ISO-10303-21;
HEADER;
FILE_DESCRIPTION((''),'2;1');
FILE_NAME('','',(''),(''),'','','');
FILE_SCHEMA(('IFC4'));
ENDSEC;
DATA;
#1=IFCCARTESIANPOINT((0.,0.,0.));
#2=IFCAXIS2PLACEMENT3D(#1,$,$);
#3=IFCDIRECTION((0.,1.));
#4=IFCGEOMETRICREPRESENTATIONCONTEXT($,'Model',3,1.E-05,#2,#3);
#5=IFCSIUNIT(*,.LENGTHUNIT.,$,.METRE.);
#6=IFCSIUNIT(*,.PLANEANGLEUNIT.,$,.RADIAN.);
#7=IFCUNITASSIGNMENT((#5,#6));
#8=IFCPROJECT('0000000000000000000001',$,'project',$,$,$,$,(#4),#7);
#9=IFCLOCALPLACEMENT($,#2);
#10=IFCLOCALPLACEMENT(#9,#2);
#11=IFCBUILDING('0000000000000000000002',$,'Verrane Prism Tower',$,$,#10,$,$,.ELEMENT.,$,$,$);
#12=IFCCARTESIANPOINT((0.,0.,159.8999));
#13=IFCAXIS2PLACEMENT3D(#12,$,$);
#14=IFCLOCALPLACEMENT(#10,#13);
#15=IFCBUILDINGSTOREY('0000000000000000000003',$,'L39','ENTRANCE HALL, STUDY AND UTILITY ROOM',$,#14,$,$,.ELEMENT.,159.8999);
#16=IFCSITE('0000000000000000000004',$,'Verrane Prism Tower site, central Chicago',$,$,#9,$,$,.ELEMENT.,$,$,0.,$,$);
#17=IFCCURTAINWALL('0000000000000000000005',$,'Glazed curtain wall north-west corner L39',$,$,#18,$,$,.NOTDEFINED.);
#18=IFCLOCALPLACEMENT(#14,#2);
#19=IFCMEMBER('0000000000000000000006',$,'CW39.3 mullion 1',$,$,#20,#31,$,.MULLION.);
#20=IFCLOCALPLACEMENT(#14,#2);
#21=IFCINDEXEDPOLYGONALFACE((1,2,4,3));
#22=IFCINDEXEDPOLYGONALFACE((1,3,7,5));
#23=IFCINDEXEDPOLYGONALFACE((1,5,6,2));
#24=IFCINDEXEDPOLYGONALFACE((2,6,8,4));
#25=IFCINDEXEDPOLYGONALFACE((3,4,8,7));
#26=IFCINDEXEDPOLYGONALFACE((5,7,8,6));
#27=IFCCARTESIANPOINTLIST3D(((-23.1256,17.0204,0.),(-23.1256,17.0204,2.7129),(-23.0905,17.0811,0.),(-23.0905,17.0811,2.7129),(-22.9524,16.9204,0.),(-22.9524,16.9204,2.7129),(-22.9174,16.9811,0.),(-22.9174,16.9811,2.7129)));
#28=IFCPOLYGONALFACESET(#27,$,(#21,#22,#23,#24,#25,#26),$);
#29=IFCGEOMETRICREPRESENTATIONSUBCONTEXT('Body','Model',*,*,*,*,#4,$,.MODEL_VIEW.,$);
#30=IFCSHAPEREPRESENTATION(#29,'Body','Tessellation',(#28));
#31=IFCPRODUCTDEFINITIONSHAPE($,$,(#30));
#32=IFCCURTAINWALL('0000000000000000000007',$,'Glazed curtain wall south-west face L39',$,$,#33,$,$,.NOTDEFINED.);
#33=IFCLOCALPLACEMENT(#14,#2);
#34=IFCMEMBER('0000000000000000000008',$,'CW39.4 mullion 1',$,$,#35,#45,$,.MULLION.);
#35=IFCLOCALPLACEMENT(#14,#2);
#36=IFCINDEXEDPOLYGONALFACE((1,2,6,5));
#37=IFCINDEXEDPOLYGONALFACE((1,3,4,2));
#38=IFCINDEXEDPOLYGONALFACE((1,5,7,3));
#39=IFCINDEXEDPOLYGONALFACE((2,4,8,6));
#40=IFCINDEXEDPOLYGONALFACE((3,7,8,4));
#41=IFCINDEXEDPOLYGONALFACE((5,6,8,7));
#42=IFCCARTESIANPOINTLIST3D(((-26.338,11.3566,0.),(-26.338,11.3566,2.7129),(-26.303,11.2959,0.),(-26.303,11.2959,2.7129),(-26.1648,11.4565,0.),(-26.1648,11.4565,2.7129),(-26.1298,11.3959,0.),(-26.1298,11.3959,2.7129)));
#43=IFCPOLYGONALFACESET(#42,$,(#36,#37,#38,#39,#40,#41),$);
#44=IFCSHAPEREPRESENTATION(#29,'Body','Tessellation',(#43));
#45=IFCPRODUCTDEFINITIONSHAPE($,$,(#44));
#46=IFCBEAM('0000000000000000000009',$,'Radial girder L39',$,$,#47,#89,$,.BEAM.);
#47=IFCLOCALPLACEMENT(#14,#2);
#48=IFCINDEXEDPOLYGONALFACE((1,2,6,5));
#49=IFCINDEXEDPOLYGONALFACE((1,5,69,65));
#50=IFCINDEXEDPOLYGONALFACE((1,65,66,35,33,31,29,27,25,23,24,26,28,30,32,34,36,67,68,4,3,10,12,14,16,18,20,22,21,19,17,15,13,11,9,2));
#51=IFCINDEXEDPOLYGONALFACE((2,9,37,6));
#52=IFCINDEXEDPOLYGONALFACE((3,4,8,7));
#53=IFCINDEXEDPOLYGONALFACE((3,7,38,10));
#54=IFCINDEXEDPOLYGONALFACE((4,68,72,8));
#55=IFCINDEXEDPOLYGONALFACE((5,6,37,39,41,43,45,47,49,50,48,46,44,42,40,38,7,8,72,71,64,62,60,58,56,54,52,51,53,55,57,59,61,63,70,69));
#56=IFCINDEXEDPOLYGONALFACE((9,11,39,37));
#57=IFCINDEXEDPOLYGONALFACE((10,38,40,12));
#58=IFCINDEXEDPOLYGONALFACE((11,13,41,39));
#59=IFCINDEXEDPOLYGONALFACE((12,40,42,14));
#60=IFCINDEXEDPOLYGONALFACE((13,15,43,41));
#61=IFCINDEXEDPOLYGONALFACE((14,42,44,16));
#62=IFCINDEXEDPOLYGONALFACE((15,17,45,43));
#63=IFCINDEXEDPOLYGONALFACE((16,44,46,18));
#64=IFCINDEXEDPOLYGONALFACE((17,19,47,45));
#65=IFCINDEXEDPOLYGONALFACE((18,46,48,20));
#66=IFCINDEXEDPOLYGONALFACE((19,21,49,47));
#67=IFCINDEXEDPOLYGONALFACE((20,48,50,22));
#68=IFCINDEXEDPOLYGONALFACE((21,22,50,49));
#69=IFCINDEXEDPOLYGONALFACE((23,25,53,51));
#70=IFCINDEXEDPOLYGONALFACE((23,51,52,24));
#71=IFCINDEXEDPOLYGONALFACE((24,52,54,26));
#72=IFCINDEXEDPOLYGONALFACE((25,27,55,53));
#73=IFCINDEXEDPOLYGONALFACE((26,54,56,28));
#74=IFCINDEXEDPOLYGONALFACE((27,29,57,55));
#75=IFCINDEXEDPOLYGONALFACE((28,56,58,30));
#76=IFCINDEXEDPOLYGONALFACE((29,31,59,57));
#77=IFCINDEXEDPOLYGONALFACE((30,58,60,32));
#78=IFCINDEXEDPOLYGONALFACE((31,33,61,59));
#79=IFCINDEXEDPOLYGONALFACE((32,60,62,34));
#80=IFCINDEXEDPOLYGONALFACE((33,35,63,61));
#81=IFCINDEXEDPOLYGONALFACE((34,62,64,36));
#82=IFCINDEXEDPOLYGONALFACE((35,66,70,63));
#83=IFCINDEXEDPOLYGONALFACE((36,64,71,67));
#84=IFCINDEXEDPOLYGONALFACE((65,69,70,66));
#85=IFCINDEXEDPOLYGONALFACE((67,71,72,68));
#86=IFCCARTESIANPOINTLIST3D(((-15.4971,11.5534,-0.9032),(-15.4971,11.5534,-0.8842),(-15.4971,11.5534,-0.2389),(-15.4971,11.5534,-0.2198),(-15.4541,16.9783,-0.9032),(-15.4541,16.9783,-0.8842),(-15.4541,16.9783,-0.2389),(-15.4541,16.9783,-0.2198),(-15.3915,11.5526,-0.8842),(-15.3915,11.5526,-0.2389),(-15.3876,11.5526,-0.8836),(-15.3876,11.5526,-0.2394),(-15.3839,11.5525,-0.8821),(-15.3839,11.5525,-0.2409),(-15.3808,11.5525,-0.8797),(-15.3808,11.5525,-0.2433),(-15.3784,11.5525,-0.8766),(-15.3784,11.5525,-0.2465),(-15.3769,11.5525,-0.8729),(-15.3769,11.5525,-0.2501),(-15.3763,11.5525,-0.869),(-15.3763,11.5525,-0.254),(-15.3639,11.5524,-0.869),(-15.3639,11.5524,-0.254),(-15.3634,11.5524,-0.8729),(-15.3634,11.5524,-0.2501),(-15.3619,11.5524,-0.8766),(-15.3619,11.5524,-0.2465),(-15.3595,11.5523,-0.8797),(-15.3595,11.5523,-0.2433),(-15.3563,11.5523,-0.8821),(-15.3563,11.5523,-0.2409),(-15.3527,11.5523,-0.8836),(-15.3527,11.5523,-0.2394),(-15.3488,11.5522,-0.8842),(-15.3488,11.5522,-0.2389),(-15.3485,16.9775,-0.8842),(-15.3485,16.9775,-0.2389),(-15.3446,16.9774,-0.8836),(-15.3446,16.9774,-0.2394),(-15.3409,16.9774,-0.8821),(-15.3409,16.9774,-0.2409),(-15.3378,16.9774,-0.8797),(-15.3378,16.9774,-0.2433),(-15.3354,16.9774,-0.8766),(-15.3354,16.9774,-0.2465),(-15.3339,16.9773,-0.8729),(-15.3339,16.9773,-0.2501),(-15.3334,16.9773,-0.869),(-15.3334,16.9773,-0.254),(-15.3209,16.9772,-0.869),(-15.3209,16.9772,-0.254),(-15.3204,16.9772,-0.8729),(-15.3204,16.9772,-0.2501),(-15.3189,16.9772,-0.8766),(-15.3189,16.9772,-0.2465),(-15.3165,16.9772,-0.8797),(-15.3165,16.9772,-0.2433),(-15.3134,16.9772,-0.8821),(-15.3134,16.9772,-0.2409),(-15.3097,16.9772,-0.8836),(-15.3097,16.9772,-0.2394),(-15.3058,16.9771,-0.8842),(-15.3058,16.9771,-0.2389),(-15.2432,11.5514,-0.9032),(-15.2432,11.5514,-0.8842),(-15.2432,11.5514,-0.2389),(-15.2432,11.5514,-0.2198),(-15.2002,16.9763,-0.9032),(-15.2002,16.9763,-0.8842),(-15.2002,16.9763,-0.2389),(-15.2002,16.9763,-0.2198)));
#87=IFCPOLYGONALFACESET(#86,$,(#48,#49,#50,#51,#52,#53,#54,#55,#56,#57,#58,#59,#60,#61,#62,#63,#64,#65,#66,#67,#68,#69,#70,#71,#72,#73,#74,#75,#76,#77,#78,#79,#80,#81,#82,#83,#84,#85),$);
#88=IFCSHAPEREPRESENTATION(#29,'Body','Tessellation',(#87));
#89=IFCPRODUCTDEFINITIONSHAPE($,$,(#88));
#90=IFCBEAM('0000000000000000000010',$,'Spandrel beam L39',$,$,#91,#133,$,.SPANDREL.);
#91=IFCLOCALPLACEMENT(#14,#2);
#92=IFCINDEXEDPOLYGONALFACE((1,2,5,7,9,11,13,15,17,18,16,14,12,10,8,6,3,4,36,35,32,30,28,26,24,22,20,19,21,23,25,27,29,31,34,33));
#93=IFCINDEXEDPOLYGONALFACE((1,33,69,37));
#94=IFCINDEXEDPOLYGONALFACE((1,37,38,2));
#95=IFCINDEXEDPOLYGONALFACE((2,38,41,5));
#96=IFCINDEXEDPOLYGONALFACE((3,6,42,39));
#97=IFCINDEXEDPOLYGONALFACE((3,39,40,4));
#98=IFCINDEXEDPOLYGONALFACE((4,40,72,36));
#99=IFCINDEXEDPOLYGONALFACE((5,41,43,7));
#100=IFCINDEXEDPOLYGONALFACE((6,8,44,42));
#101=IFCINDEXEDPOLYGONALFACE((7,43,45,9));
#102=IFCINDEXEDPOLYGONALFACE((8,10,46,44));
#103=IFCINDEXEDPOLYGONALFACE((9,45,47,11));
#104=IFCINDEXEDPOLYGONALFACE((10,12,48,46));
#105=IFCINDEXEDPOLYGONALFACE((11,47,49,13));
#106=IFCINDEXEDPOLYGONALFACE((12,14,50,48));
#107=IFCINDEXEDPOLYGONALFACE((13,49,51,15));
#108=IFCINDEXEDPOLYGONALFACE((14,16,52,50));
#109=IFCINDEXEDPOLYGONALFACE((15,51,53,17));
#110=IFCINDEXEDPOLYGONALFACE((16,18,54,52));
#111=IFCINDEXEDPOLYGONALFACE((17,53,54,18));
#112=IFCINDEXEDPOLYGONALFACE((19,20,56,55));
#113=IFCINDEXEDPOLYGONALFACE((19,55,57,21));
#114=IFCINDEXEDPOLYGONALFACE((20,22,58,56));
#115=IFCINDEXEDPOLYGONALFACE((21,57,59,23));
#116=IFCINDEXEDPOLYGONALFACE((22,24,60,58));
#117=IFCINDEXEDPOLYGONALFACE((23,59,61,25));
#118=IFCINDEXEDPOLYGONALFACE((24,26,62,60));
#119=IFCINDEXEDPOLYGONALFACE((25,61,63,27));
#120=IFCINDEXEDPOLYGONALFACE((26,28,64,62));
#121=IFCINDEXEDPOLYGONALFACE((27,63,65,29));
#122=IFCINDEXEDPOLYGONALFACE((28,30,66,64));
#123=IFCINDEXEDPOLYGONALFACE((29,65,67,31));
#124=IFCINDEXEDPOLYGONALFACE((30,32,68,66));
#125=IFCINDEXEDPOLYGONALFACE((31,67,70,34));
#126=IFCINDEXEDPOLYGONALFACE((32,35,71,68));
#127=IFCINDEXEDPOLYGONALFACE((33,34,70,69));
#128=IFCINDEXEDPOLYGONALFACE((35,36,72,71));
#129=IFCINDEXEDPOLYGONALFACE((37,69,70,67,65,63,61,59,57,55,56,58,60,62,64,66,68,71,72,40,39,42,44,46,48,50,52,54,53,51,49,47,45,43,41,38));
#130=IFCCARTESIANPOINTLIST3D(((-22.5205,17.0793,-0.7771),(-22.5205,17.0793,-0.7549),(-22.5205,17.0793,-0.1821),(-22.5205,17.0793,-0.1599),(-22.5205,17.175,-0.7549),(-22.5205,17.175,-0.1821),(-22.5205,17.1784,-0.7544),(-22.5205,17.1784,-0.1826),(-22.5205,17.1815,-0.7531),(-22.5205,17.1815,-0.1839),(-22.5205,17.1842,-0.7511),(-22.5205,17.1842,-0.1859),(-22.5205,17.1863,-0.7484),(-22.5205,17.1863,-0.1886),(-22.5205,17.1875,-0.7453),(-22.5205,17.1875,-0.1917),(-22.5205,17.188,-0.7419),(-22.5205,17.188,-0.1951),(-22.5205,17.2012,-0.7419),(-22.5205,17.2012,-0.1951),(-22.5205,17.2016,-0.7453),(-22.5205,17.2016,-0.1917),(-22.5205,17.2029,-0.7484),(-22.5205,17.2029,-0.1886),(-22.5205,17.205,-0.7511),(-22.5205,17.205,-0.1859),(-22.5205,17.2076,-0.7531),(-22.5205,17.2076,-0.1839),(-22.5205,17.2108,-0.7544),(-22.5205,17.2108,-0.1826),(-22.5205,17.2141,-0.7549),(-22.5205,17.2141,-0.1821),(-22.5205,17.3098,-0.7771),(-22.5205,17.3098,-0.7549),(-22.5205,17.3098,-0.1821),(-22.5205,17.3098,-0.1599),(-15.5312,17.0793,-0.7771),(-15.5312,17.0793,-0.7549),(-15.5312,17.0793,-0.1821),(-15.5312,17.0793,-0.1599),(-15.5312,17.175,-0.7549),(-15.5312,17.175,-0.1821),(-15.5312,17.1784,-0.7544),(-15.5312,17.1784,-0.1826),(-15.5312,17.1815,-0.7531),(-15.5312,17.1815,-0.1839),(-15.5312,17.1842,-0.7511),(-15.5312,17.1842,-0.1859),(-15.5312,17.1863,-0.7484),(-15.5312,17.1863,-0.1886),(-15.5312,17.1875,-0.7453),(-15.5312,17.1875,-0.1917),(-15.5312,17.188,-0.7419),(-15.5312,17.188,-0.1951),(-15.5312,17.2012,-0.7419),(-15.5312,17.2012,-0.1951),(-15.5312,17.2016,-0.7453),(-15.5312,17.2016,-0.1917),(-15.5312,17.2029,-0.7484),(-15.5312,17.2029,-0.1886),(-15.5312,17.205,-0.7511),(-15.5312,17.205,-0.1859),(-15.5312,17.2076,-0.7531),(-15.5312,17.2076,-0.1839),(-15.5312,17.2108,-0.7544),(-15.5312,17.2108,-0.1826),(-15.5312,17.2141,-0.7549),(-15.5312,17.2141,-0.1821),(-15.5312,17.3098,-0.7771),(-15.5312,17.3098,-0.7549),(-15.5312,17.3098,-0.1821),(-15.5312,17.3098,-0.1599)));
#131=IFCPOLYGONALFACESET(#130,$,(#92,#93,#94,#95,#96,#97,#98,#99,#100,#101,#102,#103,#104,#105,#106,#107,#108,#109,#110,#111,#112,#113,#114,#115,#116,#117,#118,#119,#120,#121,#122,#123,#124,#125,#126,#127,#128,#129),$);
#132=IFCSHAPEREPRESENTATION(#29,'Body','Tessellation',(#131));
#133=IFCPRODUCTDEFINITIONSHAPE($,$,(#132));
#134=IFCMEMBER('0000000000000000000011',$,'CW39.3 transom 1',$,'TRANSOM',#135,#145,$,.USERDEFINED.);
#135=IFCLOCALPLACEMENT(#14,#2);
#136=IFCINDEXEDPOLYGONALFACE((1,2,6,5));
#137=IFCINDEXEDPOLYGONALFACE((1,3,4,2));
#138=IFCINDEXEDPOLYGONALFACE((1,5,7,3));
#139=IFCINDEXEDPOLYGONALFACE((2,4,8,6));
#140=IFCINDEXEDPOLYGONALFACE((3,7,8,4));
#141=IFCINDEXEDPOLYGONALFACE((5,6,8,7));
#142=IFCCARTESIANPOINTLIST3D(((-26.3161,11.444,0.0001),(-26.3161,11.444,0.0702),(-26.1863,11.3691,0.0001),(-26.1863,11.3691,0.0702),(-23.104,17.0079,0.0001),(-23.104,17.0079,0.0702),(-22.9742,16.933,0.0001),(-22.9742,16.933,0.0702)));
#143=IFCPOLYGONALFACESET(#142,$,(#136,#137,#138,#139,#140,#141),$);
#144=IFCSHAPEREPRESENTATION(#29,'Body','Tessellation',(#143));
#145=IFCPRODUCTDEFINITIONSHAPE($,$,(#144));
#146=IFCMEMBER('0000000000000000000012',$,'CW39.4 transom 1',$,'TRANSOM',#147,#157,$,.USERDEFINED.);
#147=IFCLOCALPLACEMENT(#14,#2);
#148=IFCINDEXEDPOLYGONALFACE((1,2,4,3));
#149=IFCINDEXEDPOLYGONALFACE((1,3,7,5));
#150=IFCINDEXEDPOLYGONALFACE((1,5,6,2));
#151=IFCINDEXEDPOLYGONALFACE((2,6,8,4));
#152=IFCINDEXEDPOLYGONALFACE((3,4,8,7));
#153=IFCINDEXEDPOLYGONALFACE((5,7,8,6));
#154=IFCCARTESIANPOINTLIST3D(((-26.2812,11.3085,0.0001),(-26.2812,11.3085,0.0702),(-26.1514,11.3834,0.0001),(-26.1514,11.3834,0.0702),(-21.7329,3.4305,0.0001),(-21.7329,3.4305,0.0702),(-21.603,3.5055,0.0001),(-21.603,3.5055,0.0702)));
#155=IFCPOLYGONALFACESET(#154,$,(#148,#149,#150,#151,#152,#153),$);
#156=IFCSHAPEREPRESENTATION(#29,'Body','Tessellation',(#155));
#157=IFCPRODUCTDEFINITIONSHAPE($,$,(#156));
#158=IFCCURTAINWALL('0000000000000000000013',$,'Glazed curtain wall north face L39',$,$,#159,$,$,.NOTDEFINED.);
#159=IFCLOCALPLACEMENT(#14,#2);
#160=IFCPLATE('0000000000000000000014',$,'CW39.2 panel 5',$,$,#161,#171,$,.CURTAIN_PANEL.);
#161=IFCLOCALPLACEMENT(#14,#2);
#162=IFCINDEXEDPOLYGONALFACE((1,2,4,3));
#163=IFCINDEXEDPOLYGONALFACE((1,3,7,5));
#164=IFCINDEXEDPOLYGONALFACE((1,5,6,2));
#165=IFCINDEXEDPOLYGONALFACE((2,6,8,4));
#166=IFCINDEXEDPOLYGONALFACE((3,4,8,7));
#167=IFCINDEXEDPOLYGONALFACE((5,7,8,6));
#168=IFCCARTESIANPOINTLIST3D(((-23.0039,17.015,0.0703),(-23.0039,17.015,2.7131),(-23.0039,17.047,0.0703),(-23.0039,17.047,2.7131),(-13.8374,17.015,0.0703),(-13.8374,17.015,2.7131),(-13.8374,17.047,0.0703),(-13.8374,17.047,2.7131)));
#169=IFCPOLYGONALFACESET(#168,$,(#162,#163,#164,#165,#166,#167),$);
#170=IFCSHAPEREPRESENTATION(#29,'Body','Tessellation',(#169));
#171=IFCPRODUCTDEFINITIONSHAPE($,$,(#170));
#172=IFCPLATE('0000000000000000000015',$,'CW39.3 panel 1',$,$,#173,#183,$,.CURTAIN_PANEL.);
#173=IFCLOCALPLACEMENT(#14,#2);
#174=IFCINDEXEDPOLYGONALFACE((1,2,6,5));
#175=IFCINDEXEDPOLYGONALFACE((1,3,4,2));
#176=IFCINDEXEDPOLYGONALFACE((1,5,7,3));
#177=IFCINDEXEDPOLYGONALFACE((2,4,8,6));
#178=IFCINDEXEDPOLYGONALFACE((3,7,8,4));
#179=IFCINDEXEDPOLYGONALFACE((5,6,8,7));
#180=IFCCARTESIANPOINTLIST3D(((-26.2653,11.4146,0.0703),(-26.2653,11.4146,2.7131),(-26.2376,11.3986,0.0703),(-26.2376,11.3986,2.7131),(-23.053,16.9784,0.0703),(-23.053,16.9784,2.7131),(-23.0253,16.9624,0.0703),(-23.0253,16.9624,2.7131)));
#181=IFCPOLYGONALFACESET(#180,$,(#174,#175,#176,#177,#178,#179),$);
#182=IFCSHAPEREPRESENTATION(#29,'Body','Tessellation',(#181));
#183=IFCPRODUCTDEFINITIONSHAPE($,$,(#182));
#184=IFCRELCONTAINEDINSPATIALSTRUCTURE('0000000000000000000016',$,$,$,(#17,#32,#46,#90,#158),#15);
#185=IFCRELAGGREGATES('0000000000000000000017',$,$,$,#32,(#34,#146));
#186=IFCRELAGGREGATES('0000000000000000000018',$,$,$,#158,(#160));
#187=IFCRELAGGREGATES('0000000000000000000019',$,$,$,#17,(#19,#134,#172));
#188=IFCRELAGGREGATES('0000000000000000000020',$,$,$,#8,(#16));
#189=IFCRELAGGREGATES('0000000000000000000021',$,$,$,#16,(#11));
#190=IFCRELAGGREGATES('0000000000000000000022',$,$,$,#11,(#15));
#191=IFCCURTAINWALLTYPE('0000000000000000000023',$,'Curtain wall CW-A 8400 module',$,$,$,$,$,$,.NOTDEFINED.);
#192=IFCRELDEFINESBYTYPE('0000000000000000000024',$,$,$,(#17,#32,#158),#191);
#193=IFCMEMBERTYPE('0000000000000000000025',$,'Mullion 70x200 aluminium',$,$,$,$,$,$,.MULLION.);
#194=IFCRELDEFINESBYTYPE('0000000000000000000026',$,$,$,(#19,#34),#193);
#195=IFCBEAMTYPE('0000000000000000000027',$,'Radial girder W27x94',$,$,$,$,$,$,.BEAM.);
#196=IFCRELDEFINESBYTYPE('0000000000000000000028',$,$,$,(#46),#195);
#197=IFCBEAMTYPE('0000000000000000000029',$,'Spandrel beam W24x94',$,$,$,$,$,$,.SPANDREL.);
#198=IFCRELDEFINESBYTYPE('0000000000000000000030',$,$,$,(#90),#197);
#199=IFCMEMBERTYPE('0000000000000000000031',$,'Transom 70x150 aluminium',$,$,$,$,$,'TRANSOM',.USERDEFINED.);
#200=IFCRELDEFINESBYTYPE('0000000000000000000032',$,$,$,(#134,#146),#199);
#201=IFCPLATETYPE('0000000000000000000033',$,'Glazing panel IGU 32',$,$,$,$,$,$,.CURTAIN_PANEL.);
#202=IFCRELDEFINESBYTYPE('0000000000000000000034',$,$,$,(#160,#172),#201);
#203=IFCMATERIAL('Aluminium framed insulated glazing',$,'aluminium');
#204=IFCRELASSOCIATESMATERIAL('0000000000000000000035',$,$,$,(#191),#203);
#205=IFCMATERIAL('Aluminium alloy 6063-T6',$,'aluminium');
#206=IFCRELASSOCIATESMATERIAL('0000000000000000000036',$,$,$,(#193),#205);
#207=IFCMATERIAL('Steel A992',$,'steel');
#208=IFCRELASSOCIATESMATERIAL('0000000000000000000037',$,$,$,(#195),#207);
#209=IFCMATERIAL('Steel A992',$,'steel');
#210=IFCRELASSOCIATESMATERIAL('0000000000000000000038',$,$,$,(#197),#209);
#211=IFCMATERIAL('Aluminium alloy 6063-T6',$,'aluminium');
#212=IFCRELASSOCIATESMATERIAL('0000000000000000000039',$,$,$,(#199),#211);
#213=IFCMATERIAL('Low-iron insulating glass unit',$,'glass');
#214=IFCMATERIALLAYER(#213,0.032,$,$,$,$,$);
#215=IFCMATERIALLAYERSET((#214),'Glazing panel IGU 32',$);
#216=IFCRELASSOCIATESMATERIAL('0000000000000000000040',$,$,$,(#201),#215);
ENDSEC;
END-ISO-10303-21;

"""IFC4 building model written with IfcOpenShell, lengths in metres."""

from ifc_helpers import new_model, si_unit, direction, frame, origin, origin_2d, place, context, subcontext, project, spatial, rectangle, i_section, extrude, material, layer, layer_set, material_profile, profile_set, type_object, element, aggregate, save


model = new_model("IFC4")

# Units and contexts
model_context = context("Model", 3, precision=1e-05, world=origin(), true_north=direction((0.0, 1.0)))
body_context = subcontext(model_context, "Body", "Model", "MODEL_VIEW")
ifc_project = project(units=[si_unit("LENGTHUNIT", "METRE"), si_unit("PLANEANGLEUNIT", "RADIAN")], contexts=[model_context])

# Site, building, storey
site_placement = place(None, origin())
site = spatial("IfcSite", under=ifc_project, at=site_placement, Name="Verrane Prism Tower site, central Chicago", CompositionType="ELEMENT", RefElevation=0.0)
building_placement = place(site_placement, origin())
building = spatial("IfcBuilding", under=site, at=building_placement, Name="Verrane Prism Tower", CompositionType="ELEMENT")
storey_placement = place(building_placement, frame((0.0, 0.0, 159.8999)))
storey = spatial("IfcBuildingStorey", under=building, at=storey_placement, Name="L39", Description="ENTRANCE HALL, STUDY AND UTILITY ROOM", CompositionType="ELEMENT", Elevation=159.8999)

# Curtain walls, members
ifc_material_1 = material(Name="Aluminium framed insulated glazing", Category="aluminium")
curtain_wall_type = type_object("IfcCurtainWallType", Name="Curtain wall CW-A 8400 module", PredefinedType="NOTDEFINED", material=ifc_material_1)
curtain_wall_1_placement = place(storey_placement, origin())
curtain_wall_1 = element("IfcCurtainWall", 1, at=curtain_wall_1_placement, inside=storey, type_object=curtain_wall_type, Name="Glazed curtain wall north-west corner L39", PredefinedType="NOTDEFINED")
ifc_material_2 = material(Name="Aluminium alloy 6063-T6", Category="aluminium")
ifc_material_profile_1 = material_profile(ifc_material_2, rectangle(XDim=0.2, YDim=0.0701, at=origin_2d()), Name="Mullion 70x200 aluminium")
ifc_profile_set_1 = profile_set([ifc_material_profile_1], Name="Aluminium alloy 6063-T6")
member_type_1 = type_object("IfcMemberType", Name="Mullion 70x200 aluminium", PredefinedType="MULLION", material=ifc_profile_set_1)
member_1_placement = place(storey_placement, frame((-23.0215, 17.0007, 0.0), z_axis=(0.0, 0.0, 1.0), x_axis=(0.866022, -0.500006, 0.0)))
member_1 = element("IfcMember", 2, at=member_1_placement, type_object=member_type_1, Name="CW39.3 mullion 1", PredefinedType="MULLION", context=body_context, shape_type="SweptSolid", body=[
    extrude(rectangle(XDim=0.2, YDim=0.0701, at=origin_2d()), origin(), (0.0, 0.0, 1.0), 2.7129),
])
curtain_wall_2_placement = place(storey_placement, origin())
curtain_wall_2 = element("IfcCurtainWall", 3, at=curtain_wall_2_placement, inside=storey, type_object=curtain_wall_type, Name="Glazed curtain wall south-west face L39", PredefinedType="NOTDEFINED")
member_2_placement = place(storey_placement, frame((-26.2339, 11.3762, 0.0), z_axis=(0.0, 0.0, 1.0), x_axis=(0.866026, 0.499999, 0.0)))
member_2 = element("IfcMember", 4, at=member_2_placement, type_object=member_type_1, Name="CW39.4 mullion 1", PredefinedType="MULLION", context=body_context, shape_type="SweptSolid", body=[
    extrude(rectangle(XDim=0.2, YDim=0.0701, at=origin_2d()), origin(), (0.0, 0.0, 1.0), 2.7129),
])

# Beams
ifc_material_3 = material(Name="Steel A992", Category="steel")
ifc_material_profile_2 = material_profile(ifc_material_3, i_section(OverallWidth=0.2539, OverallDepth=0.6833, WebThickness=0.0125, FlangeThickness=0.019, FilletRadius=0.0151, at=origin_2d()), Name="W27x94")
ifc_profile_set_2 = profile_set([ifc_material_profile_2], Name="Steel A992")
beam_type_1 = type_object("IfcBeamType", Name="Radial girder W27x94", PredefinedType="BEAM", material=ifc_profile_set_2)
beam_1_placement = place(storey_placement, frame((-15.3271, 16.9773, -0.5615), z_axis=(-0.007921, -0.999969, 0.0), x_axis=(0.999969, -0.007921, 0.0)))
element("IfcBeam", 5, at=beam_1_placement, inside=storey, type_object=beam_type_1, Name="Radial girder L39", PredefinedType="BEAM", context=body_context, shape_type="SweptSolid", body=[
    extrude(i_section(OverallWidth=0.2539, OverallDepth=0.6833, WebThickness=0.0125, FlangeThickness=0.019, FilletRadius=0.0151, at=origin_2d()), origin(), (0.0, 0.0, 1.0), 5.425),
])
ifc_material_4 = material(Name="Steel A992", Category="steel")
ifc_material_profile_3 = material_profile(ifc_material_4, i_section(OverallWidth=0.2305, OverallDepth=0.6172, WebThickness=0.0132, FlangeThickness=0.0222, FilletRadius=0.0129, at=origin_2d()), Name="W24x94")
ifc_profile_set_3 = profile_set([ifc_material_profile_3], Name="Steel A992")
beam_type_2 = type_object("IfcBeamType", Name="Spandrel beam W24x94", PredefinedType="SPANDREL", material=ifc_profile_set_3)
beam_2_placement = place(storey_placement, frame((-15.5312, 17.1946, -0.4685), z_axis=(-1.0, 0.0, 0.0), x_axis=(0.0, -1.0, 0.0)))
element("IfcBeam", 6, at=beam_2_placement, inside=storey, type_object=beam_type_2, Name="Spandrel beam L39", PredefinedType="SPANDREL", context=body_context, shape_type="SweptSolid", body=[
    extrude(i_section(OverallWidth=0.2305, OverallDepth=0.6172, WebThickness=0.0132, FlangeThickness=0.0222, FilletRadius=0.0129, at=origin_2d()), origin(), (0.0, 0.0, 1.0), 6.9893),
])

# Members
ifc_material_5 = material(Name="Aluminium alloy 6063-T6", Category="aluminium")
ifc_material_profile_4 = material_profile(ifc_material_5, rectangle(XDim=0.1499, YDim=0.0701, at=origin_2d()), Name="Transom 70x150 aluminium")
ifc_profile_set_4 = profile_set([ifc_material_profile_4], Name="Aluminium alloy 6063-T6")
member_type_2 = type_object("IfcMemberType", Name="Transom 70x150 aluminium", ElementType="TRANSOM", PredefinedType="USERDEFINED", material=ifc_profile_set_4)
member_3_placement = place(storey_placement, frame((-23.0391, 16.9705, 0.0352), z_axis=(-0.499977, -0.866039, 0.0), x_axis=(0.866039, -0.499977, 0.0)))
member_3 = element("IfcMember", 7, at=member_3_placement, type_object=member_type_2, Name="CW39.3 transom 1", ObjectType="TRANSOM", PredefinedType="USERDEFINED", context=body_context, shape_type="SweptSolid", body=[
    extrude(rectangle(XDim=0.1499, YDim=0.0701, at=origin_2d()), origin(), (0.0, 0.0, 1.0), 6.4246),
])
member_4_placement = place(storey_placement, frame((-26.2163, 11.3459, 0.0352), z_axis=(0.500001, -0.866025, 0.0), x_axis=(0.866025, 0.500001, 0.0)))
member_4 = element("IfcMember", 8, at=member_4_placement, type_object=member_type_2, Name="CW39.4 transom 1", ObjectType="TRANSOM", PredefinedType="USERDEFINED", context=body_context, shape_type="SweptSolid", body=[
    extrude(rectangle(XDim=0.1499, YDim=0.0701, at=origin_2d()), origin(), (0.0, 0.0, 1.0), 9.0967),
])
aggregate(curtain_wall_2, [member_2, member_4])

# Curtain wall, plate
curtain_wall_3_placement = place(storey_placement, origin())
curtain_wall_3 = element("IfcCurtainWall", 9, at=curtain_wall_3_placement, inside=storey, type_object=curtain_wall_type, Name="Glazed curtain wall north face L39", PredefinedType="NOTDEFINED")
ifc_material_6 = material(Name="Low-iron insulating glass unit", Category="glass")
ifc_layer_1 = layer(ifc_material_6, 0.032)
ifc_layer_set_1 = layer_set([ifc_layer_1], Name="Glazing panel IGU 32")
plate_type = type_object("IfcPlateType", Name="Glazing panel IGU 32", PredefinedType="CURTAIN_PANEL", material=ifc_layer_set_1)
plate_1_placement = place(storey_placement, frame((-18.4207, 17.031, 0.0703), z_axis=(0.0, 0.0, 1.0), x_axis=(-1.0, 0.0, 0.0)))
plate_1 = element("IfcPlate", 10, at=plate_1_placement, type_object=plate_type, Name="CW39.2 panel 5", PredefinedType="CURTAIN_PANEL", context=body_context, shape_type="SweptSolid", body=[
    extrude(rectangle(XDim=9.1665, YDim=0.032, at=origin_2d()), origin(), (0.0, 0.0, 1.0), 2.6428),
])
aggregate(curtain_wall_3, [plate_1])

# Plate
plate_2_placement = place(storey_placement, frame((-24.6453, 14.1885, 0.0703), z_axis=(0.0, 0.0, 1.0), x_axis=(-0.500006, -0.866022, 0.0)))
plate_2 = element("IfcPlate", 11, at=plate_2_placement, type_object=plate_type, Name="CW39.3 panel 1", PredefinedType="CURTAIN_PANEL", context=body_context, shape_type="SweptSolid", body=[
    extrude(rectangle(XDim=6.4246, YDim=0.032, at=origin_2d()), origin(), (0.0, 0.0, 1.0), 2.6428),
])
aggregate(curtain_wall_1, [member_1, member_3, plate_2])

save(model, "model.ifc")
